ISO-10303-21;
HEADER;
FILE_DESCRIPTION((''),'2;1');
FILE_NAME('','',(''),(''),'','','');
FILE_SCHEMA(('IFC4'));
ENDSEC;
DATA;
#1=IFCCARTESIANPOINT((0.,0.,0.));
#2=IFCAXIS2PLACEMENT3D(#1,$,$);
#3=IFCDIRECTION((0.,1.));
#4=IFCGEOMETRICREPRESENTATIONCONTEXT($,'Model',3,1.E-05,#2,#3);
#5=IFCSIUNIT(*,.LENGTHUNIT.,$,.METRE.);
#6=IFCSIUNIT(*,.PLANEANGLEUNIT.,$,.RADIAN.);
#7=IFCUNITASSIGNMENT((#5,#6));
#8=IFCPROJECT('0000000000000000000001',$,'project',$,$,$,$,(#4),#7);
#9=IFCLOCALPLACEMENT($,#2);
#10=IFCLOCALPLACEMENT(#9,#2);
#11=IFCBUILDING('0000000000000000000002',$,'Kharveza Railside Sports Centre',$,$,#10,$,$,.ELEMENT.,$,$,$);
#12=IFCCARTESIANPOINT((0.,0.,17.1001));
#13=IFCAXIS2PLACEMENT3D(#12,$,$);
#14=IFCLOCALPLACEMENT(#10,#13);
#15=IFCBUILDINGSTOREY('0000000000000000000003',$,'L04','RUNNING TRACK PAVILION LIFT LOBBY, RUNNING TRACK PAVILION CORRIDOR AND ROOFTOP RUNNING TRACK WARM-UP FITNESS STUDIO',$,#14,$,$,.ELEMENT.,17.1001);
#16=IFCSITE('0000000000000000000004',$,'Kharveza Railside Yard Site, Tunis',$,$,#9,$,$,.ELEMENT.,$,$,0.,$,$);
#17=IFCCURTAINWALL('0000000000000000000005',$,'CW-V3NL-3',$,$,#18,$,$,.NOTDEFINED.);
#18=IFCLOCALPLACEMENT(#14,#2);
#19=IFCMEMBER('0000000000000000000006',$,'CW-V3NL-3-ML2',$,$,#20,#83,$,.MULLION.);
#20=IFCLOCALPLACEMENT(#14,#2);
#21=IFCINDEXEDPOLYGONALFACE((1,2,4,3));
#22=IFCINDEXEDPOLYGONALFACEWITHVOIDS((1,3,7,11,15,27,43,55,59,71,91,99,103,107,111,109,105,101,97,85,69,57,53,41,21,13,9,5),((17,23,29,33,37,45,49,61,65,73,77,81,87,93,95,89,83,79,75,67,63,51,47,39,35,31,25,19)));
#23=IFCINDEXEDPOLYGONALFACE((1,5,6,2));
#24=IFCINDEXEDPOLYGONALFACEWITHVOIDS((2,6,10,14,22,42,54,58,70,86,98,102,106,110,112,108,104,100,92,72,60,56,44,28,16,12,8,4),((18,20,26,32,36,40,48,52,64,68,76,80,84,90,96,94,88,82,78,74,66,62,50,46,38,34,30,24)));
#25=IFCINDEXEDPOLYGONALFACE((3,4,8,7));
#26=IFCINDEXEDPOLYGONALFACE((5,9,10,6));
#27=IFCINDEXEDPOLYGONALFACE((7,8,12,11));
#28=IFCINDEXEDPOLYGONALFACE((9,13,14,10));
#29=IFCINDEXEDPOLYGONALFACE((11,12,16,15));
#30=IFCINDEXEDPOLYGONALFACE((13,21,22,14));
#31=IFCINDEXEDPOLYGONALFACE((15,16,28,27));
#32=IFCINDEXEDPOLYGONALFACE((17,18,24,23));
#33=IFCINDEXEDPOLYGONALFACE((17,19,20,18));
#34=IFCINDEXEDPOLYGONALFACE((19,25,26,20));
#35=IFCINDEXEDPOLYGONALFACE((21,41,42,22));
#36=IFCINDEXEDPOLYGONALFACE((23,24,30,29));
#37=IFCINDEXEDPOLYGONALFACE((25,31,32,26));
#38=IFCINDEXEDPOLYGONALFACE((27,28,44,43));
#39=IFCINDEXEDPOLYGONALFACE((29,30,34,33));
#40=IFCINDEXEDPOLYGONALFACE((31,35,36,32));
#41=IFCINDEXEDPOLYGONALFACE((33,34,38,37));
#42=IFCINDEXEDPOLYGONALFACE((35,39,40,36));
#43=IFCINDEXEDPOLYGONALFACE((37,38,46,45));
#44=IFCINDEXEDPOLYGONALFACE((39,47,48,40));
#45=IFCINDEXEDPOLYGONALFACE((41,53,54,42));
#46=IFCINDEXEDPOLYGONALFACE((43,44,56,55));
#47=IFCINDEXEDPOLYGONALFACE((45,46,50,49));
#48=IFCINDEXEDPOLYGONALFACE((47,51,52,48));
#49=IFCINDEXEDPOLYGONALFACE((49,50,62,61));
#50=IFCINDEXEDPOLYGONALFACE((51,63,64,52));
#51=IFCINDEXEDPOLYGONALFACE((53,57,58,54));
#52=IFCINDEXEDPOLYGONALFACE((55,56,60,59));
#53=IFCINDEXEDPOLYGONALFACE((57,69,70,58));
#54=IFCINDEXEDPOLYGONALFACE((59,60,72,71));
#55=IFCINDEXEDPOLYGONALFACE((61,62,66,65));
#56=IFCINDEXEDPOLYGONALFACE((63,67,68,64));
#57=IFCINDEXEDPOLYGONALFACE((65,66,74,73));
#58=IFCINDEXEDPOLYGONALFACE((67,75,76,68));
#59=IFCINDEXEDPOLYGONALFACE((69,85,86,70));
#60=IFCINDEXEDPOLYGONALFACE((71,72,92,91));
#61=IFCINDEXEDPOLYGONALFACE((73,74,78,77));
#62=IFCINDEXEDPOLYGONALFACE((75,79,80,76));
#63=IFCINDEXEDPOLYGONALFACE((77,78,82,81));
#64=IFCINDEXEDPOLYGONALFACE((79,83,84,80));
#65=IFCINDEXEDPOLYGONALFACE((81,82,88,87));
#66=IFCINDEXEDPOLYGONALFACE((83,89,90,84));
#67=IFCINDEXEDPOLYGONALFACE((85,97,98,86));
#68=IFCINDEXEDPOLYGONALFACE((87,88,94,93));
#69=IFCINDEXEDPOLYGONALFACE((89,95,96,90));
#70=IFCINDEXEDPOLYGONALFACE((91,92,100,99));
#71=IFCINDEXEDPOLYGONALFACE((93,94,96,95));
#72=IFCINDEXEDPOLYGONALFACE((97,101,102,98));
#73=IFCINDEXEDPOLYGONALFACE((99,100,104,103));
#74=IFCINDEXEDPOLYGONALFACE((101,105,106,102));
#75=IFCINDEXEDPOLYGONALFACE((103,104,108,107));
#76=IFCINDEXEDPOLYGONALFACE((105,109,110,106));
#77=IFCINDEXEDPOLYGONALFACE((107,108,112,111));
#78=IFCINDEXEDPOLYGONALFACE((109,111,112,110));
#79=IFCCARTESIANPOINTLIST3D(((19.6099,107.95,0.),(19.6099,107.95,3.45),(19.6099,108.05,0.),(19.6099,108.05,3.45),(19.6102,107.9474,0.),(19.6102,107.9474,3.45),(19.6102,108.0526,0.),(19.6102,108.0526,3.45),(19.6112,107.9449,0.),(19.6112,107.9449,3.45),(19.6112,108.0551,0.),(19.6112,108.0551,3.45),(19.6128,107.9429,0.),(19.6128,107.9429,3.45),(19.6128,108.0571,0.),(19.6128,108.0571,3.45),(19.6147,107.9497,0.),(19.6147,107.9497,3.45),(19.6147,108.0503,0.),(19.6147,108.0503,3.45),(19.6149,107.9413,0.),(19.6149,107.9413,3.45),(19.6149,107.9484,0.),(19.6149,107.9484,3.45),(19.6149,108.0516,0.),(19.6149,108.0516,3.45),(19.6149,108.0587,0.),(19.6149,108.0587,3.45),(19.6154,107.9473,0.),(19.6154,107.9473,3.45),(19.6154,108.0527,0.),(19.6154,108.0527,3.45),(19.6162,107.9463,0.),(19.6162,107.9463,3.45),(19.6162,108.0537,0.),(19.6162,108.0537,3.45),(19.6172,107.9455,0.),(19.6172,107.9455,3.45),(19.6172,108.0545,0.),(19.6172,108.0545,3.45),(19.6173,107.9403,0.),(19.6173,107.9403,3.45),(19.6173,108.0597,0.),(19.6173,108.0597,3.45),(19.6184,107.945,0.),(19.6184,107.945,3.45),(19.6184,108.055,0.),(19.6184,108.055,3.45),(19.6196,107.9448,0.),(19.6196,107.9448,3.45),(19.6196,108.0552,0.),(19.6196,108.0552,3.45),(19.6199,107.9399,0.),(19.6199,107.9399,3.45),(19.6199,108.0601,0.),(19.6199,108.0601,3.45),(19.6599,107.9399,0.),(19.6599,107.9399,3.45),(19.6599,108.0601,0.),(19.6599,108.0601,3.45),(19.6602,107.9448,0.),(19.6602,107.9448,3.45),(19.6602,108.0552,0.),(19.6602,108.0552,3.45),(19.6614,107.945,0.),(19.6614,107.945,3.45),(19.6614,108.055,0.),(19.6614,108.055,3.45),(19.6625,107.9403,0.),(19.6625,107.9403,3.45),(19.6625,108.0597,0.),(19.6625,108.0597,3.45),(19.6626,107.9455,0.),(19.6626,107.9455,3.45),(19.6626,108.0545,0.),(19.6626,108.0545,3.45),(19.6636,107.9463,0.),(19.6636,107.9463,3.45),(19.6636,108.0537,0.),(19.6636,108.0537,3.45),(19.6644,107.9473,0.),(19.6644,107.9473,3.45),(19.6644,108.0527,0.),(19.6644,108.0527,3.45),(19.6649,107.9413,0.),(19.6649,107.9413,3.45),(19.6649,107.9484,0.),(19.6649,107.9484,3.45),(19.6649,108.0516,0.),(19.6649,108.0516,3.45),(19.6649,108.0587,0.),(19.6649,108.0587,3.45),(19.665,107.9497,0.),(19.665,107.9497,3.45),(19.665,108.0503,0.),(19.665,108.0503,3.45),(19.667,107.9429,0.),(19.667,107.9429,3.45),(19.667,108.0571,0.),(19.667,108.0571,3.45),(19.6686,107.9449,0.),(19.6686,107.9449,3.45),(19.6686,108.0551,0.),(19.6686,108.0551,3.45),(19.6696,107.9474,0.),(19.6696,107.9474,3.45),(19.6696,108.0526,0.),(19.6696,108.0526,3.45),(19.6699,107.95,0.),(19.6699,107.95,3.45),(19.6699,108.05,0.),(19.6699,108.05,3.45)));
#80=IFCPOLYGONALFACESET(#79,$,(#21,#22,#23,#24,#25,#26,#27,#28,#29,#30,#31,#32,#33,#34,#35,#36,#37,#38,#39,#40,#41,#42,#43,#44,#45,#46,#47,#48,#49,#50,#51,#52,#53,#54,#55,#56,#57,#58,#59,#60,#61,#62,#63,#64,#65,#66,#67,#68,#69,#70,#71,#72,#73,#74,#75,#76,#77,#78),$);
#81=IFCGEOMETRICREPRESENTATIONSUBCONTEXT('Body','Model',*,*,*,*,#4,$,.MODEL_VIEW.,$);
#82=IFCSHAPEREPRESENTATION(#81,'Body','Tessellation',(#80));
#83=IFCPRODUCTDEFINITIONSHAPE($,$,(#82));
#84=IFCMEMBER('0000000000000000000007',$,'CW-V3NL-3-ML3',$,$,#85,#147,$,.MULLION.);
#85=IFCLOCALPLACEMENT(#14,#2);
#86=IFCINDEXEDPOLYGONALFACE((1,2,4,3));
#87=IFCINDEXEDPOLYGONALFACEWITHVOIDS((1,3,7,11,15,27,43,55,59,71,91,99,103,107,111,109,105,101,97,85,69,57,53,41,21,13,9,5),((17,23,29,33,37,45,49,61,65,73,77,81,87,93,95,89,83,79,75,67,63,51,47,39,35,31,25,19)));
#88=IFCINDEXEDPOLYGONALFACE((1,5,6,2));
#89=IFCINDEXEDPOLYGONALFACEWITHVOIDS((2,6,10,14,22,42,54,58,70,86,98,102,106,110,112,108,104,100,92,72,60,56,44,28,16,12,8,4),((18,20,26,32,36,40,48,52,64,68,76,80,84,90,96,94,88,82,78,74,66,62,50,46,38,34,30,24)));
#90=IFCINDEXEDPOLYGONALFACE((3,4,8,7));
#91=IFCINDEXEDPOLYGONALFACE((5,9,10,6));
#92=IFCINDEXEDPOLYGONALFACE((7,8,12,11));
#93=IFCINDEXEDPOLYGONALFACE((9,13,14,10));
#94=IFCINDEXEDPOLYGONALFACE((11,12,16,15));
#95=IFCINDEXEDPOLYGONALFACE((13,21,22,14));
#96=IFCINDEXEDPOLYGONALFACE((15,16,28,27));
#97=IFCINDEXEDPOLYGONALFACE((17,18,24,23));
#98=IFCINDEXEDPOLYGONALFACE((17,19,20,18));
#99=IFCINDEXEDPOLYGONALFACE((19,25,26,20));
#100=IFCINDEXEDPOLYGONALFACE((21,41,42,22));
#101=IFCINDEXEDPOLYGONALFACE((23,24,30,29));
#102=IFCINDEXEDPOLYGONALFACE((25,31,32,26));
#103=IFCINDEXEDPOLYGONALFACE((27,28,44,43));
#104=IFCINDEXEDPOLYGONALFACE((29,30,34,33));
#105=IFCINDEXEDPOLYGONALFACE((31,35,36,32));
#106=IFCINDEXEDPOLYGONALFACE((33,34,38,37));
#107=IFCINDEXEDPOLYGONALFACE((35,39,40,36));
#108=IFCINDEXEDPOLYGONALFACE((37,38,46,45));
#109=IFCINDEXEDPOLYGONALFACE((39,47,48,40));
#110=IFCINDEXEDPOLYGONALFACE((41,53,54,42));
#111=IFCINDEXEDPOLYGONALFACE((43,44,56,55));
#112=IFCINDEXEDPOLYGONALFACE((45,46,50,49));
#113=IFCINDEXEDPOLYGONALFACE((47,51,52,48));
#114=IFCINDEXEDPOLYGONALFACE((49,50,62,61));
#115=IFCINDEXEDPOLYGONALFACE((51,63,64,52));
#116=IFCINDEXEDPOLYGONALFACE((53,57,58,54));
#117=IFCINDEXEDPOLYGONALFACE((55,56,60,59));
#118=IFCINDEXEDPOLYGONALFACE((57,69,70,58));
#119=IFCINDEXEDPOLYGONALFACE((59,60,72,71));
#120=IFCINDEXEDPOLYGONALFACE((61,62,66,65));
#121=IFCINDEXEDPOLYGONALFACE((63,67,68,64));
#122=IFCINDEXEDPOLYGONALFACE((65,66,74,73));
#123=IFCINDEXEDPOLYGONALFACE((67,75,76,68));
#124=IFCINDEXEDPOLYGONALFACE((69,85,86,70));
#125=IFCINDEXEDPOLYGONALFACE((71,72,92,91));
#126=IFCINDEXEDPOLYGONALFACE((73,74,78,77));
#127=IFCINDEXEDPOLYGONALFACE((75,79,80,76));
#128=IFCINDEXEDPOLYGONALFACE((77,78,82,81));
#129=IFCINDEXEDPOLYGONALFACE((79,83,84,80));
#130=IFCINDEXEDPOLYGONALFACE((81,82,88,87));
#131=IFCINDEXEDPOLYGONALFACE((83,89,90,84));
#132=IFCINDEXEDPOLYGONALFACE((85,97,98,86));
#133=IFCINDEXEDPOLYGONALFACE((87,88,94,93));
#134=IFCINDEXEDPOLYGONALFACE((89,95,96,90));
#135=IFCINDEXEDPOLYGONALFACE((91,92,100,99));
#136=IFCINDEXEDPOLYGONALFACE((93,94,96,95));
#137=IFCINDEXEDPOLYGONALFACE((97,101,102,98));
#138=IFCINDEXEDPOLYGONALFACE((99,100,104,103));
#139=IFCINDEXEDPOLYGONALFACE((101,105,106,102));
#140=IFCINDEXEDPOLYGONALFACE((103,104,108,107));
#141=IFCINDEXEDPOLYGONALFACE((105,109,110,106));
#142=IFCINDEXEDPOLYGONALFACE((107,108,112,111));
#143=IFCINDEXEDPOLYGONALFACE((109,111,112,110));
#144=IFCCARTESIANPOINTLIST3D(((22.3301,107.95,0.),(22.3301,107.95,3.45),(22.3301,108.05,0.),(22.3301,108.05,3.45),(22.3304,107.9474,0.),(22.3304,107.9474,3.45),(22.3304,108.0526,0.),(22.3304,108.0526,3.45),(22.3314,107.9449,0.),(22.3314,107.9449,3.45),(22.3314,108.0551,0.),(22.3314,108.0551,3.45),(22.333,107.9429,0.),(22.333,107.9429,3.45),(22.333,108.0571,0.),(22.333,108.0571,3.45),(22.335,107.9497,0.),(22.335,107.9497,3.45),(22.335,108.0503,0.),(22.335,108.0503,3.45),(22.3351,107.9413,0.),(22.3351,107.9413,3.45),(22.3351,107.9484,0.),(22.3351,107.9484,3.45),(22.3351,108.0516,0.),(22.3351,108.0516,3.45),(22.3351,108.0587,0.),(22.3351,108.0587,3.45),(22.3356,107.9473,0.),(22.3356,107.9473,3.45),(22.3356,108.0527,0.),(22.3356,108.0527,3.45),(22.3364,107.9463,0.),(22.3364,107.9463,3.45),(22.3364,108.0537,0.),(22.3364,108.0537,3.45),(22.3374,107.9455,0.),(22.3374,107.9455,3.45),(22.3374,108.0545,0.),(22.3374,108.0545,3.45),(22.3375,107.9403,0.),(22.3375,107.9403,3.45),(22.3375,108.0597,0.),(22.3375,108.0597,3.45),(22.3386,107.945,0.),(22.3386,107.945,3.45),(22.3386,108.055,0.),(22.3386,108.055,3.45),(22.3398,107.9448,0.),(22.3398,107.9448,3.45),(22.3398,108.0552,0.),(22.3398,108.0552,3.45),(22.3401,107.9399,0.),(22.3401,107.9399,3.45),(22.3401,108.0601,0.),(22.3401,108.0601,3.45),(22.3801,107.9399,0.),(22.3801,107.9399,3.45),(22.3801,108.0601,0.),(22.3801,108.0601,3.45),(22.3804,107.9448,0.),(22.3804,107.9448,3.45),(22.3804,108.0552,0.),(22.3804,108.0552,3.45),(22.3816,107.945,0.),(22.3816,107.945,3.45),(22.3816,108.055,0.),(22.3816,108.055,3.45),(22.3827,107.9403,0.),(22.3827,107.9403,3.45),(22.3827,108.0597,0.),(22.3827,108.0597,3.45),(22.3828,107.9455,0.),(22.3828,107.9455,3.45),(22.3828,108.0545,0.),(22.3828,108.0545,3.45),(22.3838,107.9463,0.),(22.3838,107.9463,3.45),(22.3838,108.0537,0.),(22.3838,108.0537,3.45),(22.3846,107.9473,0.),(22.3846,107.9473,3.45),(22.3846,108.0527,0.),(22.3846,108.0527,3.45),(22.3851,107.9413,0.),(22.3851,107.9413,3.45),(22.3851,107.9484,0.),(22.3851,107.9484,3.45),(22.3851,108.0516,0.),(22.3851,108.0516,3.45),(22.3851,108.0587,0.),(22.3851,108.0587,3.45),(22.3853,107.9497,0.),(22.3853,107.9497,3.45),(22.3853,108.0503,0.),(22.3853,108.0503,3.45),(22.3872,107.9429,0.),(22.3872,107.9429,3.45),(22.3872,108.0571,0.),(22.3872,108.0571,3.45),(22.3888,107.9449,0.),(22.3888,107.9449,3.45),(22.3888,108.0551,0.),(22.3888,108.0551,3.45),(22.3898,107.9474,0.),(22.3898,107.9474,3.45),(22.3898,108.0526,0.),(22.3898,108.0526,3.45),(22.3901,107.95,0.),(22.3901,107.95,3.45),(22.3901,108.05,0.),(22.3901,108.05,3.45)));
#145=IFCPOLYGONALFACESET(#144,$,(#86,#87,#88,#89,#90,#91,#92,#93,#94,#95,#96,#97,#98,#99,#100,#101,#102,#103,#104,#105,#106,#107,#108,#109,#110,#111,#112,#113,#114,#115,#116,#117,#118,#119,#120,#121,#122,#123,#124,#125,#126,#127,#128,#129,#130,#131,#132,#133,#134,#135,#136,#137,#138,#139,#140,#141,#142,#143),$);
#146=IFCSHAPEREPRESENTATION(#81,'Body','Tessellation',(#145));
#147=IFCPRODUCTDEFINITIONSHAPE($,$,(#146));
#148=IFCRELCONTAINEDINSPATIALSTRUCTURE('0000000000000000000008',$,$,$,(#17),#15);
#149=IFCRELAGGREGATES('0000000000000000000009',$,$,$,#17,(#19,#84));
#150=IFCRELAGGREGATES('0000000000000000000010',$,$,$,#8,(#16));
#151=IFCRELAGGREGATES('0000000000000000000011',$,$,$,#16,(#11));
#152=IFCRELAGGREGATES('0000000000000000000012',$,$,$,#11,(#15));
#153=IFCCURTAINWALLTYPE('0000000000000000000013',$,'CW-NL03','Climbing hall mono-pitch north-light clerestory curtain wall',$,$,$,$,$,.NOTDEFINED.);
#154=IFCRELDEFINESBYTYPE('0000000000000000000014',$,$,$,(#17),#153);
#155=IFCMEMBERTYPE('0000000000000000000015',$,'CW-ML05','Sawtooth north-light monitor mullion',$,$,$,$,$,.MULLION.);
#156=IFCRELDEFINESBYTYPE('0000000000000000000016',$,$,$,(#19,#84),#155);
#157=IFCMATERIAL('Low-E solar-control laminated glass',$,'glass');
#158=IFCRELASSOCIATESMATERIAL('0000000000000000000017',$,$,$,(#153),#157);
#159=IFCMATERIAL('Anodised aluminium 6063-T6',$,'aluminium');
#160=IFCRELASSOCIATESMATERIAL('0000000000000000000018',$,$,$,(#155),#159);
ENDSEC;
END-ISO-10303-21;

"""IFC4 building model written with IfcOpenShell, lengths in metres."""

from ifc_helpers import new_model, si_unit, direction, frame, origin, origin_2d, place, context, subcontext, project, spatial, hollow_rectangle, extrude, material, material_profile, profile_set, type_object, element, aggregate, save


model = new_model("IFC4")

# Units and contexts
model_context = context("Model", 3, precision=1e-05, world=origin(), true_north=direction((0.0, 1.0)))
body_context = subcontext(model_context, "Body", "Model", "MODEL_VIEW")
ifc_project = project(units=[si_unit("LENGTHUNIT", "METRE"), si_unit("PLANEANGLEUNIT", "RADIAN")], contexts=[model_context])

# Site, building, storey
site_placement = place(None, origin())
site = spatial("IfcSite", under=ifc_project, at=site_placement, Name="Kharveza Railside Yard Site, Tunis", CompositionType="ELEMENT", RefElevation=0.0)
building_placement = place(site_placement, origin())
building = spatial("IfcBuilding", under=site, at=building_placement, Name="Kharveza Railside Sports Centre", CompositionType="ELEMENT")
storey_placement = place(building_placement, frame((0.0, 0.0, 17.1001)))
storey = spatial("IfcBuildingStorey", under=building, at=storey_placement, Name="L04", Description="RUNNING TRACK PAVILION LIFT LOBBY, RUNNING TRACK PAVILION CORRIDOR AND ROOFTOP RUNNING TRACK WARM-UP FITNESS STUDIO", CompositionType="ELEMENT", Elevation=17.1001)

# Curtain wall, members
ifc_material_1 = material(Name="Low-E solar-control laminated glass", Category="glass")
curtain_wall_type = type_object("IfcCurtainWallType", Name="CW-NL03", Description="Climbing hall mono-pitch north-light clerestory curtain wall", PredefinedType="NOTDEFINED", material=ifc_material_1)
ifc_material_2 = material(Name="Anodised aluminium 6063-T6", Category="aluminium")
ifc_material_profile_1 = material_profile(ifc_material_2, hollow_rectangle(XDim=0.0601, YDim=0.1201, WallThickness=0.0049, InnerFilletRadius=0.0049, OuterFilletRadius=0.01, at=origin_2d()), Name="RHS 60x120x5.0")
ifc_profile_set_1 = profile_set([ifc_material_profile_1], Name="Anodised aluminium 6063-T6")
member_type_1 = type_object("IfcMemberType", Name="CW-ML05", Description="Sawtooth north-light monitor mullion", PredefinedType="MULLION", material=ifc_profile_set_1)
curtain_wall_1_placement = place(storey_placement, origin())
curtain_wall_1 = element("IfcCurtainWall", 1, at=curtain_wall_1_placement, inside=storey, type_object=curtain_wall_type, Name="CW-V3NL-3", PredefinedType="NOTDEFINED")
member_1_placement = place(storey_placement, frame((19.6399, 108.0, 0.0), z_axis=(0.0, 0.0, 1.0), x_axis=(1.0, 0.0, 0.0)))
member_1 = element("IfcMember", 2, at=member_1_placement, type_object=member_type_1, Name="CW-V3NL-3-ML2", PredefinedType="MULLION", context=body_context, shape_type="SweptSolid", body=[
    extrude(hollow_rectangle(XDim=0.0601, YDim=0.1201, WallThickness=0.0049, InnerFilletRadius=0.0049, OuterFilletRadius=0.01, at=origin_2d()), origin(), (0.0, 0.0, 1.0), 3.45),
])
member_2_placement = place(storey_placement, frame((22.3601, 108.0, 0.0), z_axis=(0.0, 0.0, 1.0), x_axis=(1.0, 0.0, 0.0)))
member_2 = element("IfcMember", 3, at=member_2_placement, type_object=member_type_1, Name="CW-V3NL-3-ML3", PredefinedType="MULLION", context=body_context, shape_type="SweptSolid", body=[
    extrude(hollow_rectangle(XDim=0.0601, YDim=0.1201, WallThickness=0.0049, InnerFilletRadius=0.0049, OuterFilletRadius=0.01, at=origin_2d()), origin(), (0.0, 0.0, 1.0), 3.45),
])

aggregate(curtain_wall_1, [member_1, member_2])

save(model, "model.ifc")
